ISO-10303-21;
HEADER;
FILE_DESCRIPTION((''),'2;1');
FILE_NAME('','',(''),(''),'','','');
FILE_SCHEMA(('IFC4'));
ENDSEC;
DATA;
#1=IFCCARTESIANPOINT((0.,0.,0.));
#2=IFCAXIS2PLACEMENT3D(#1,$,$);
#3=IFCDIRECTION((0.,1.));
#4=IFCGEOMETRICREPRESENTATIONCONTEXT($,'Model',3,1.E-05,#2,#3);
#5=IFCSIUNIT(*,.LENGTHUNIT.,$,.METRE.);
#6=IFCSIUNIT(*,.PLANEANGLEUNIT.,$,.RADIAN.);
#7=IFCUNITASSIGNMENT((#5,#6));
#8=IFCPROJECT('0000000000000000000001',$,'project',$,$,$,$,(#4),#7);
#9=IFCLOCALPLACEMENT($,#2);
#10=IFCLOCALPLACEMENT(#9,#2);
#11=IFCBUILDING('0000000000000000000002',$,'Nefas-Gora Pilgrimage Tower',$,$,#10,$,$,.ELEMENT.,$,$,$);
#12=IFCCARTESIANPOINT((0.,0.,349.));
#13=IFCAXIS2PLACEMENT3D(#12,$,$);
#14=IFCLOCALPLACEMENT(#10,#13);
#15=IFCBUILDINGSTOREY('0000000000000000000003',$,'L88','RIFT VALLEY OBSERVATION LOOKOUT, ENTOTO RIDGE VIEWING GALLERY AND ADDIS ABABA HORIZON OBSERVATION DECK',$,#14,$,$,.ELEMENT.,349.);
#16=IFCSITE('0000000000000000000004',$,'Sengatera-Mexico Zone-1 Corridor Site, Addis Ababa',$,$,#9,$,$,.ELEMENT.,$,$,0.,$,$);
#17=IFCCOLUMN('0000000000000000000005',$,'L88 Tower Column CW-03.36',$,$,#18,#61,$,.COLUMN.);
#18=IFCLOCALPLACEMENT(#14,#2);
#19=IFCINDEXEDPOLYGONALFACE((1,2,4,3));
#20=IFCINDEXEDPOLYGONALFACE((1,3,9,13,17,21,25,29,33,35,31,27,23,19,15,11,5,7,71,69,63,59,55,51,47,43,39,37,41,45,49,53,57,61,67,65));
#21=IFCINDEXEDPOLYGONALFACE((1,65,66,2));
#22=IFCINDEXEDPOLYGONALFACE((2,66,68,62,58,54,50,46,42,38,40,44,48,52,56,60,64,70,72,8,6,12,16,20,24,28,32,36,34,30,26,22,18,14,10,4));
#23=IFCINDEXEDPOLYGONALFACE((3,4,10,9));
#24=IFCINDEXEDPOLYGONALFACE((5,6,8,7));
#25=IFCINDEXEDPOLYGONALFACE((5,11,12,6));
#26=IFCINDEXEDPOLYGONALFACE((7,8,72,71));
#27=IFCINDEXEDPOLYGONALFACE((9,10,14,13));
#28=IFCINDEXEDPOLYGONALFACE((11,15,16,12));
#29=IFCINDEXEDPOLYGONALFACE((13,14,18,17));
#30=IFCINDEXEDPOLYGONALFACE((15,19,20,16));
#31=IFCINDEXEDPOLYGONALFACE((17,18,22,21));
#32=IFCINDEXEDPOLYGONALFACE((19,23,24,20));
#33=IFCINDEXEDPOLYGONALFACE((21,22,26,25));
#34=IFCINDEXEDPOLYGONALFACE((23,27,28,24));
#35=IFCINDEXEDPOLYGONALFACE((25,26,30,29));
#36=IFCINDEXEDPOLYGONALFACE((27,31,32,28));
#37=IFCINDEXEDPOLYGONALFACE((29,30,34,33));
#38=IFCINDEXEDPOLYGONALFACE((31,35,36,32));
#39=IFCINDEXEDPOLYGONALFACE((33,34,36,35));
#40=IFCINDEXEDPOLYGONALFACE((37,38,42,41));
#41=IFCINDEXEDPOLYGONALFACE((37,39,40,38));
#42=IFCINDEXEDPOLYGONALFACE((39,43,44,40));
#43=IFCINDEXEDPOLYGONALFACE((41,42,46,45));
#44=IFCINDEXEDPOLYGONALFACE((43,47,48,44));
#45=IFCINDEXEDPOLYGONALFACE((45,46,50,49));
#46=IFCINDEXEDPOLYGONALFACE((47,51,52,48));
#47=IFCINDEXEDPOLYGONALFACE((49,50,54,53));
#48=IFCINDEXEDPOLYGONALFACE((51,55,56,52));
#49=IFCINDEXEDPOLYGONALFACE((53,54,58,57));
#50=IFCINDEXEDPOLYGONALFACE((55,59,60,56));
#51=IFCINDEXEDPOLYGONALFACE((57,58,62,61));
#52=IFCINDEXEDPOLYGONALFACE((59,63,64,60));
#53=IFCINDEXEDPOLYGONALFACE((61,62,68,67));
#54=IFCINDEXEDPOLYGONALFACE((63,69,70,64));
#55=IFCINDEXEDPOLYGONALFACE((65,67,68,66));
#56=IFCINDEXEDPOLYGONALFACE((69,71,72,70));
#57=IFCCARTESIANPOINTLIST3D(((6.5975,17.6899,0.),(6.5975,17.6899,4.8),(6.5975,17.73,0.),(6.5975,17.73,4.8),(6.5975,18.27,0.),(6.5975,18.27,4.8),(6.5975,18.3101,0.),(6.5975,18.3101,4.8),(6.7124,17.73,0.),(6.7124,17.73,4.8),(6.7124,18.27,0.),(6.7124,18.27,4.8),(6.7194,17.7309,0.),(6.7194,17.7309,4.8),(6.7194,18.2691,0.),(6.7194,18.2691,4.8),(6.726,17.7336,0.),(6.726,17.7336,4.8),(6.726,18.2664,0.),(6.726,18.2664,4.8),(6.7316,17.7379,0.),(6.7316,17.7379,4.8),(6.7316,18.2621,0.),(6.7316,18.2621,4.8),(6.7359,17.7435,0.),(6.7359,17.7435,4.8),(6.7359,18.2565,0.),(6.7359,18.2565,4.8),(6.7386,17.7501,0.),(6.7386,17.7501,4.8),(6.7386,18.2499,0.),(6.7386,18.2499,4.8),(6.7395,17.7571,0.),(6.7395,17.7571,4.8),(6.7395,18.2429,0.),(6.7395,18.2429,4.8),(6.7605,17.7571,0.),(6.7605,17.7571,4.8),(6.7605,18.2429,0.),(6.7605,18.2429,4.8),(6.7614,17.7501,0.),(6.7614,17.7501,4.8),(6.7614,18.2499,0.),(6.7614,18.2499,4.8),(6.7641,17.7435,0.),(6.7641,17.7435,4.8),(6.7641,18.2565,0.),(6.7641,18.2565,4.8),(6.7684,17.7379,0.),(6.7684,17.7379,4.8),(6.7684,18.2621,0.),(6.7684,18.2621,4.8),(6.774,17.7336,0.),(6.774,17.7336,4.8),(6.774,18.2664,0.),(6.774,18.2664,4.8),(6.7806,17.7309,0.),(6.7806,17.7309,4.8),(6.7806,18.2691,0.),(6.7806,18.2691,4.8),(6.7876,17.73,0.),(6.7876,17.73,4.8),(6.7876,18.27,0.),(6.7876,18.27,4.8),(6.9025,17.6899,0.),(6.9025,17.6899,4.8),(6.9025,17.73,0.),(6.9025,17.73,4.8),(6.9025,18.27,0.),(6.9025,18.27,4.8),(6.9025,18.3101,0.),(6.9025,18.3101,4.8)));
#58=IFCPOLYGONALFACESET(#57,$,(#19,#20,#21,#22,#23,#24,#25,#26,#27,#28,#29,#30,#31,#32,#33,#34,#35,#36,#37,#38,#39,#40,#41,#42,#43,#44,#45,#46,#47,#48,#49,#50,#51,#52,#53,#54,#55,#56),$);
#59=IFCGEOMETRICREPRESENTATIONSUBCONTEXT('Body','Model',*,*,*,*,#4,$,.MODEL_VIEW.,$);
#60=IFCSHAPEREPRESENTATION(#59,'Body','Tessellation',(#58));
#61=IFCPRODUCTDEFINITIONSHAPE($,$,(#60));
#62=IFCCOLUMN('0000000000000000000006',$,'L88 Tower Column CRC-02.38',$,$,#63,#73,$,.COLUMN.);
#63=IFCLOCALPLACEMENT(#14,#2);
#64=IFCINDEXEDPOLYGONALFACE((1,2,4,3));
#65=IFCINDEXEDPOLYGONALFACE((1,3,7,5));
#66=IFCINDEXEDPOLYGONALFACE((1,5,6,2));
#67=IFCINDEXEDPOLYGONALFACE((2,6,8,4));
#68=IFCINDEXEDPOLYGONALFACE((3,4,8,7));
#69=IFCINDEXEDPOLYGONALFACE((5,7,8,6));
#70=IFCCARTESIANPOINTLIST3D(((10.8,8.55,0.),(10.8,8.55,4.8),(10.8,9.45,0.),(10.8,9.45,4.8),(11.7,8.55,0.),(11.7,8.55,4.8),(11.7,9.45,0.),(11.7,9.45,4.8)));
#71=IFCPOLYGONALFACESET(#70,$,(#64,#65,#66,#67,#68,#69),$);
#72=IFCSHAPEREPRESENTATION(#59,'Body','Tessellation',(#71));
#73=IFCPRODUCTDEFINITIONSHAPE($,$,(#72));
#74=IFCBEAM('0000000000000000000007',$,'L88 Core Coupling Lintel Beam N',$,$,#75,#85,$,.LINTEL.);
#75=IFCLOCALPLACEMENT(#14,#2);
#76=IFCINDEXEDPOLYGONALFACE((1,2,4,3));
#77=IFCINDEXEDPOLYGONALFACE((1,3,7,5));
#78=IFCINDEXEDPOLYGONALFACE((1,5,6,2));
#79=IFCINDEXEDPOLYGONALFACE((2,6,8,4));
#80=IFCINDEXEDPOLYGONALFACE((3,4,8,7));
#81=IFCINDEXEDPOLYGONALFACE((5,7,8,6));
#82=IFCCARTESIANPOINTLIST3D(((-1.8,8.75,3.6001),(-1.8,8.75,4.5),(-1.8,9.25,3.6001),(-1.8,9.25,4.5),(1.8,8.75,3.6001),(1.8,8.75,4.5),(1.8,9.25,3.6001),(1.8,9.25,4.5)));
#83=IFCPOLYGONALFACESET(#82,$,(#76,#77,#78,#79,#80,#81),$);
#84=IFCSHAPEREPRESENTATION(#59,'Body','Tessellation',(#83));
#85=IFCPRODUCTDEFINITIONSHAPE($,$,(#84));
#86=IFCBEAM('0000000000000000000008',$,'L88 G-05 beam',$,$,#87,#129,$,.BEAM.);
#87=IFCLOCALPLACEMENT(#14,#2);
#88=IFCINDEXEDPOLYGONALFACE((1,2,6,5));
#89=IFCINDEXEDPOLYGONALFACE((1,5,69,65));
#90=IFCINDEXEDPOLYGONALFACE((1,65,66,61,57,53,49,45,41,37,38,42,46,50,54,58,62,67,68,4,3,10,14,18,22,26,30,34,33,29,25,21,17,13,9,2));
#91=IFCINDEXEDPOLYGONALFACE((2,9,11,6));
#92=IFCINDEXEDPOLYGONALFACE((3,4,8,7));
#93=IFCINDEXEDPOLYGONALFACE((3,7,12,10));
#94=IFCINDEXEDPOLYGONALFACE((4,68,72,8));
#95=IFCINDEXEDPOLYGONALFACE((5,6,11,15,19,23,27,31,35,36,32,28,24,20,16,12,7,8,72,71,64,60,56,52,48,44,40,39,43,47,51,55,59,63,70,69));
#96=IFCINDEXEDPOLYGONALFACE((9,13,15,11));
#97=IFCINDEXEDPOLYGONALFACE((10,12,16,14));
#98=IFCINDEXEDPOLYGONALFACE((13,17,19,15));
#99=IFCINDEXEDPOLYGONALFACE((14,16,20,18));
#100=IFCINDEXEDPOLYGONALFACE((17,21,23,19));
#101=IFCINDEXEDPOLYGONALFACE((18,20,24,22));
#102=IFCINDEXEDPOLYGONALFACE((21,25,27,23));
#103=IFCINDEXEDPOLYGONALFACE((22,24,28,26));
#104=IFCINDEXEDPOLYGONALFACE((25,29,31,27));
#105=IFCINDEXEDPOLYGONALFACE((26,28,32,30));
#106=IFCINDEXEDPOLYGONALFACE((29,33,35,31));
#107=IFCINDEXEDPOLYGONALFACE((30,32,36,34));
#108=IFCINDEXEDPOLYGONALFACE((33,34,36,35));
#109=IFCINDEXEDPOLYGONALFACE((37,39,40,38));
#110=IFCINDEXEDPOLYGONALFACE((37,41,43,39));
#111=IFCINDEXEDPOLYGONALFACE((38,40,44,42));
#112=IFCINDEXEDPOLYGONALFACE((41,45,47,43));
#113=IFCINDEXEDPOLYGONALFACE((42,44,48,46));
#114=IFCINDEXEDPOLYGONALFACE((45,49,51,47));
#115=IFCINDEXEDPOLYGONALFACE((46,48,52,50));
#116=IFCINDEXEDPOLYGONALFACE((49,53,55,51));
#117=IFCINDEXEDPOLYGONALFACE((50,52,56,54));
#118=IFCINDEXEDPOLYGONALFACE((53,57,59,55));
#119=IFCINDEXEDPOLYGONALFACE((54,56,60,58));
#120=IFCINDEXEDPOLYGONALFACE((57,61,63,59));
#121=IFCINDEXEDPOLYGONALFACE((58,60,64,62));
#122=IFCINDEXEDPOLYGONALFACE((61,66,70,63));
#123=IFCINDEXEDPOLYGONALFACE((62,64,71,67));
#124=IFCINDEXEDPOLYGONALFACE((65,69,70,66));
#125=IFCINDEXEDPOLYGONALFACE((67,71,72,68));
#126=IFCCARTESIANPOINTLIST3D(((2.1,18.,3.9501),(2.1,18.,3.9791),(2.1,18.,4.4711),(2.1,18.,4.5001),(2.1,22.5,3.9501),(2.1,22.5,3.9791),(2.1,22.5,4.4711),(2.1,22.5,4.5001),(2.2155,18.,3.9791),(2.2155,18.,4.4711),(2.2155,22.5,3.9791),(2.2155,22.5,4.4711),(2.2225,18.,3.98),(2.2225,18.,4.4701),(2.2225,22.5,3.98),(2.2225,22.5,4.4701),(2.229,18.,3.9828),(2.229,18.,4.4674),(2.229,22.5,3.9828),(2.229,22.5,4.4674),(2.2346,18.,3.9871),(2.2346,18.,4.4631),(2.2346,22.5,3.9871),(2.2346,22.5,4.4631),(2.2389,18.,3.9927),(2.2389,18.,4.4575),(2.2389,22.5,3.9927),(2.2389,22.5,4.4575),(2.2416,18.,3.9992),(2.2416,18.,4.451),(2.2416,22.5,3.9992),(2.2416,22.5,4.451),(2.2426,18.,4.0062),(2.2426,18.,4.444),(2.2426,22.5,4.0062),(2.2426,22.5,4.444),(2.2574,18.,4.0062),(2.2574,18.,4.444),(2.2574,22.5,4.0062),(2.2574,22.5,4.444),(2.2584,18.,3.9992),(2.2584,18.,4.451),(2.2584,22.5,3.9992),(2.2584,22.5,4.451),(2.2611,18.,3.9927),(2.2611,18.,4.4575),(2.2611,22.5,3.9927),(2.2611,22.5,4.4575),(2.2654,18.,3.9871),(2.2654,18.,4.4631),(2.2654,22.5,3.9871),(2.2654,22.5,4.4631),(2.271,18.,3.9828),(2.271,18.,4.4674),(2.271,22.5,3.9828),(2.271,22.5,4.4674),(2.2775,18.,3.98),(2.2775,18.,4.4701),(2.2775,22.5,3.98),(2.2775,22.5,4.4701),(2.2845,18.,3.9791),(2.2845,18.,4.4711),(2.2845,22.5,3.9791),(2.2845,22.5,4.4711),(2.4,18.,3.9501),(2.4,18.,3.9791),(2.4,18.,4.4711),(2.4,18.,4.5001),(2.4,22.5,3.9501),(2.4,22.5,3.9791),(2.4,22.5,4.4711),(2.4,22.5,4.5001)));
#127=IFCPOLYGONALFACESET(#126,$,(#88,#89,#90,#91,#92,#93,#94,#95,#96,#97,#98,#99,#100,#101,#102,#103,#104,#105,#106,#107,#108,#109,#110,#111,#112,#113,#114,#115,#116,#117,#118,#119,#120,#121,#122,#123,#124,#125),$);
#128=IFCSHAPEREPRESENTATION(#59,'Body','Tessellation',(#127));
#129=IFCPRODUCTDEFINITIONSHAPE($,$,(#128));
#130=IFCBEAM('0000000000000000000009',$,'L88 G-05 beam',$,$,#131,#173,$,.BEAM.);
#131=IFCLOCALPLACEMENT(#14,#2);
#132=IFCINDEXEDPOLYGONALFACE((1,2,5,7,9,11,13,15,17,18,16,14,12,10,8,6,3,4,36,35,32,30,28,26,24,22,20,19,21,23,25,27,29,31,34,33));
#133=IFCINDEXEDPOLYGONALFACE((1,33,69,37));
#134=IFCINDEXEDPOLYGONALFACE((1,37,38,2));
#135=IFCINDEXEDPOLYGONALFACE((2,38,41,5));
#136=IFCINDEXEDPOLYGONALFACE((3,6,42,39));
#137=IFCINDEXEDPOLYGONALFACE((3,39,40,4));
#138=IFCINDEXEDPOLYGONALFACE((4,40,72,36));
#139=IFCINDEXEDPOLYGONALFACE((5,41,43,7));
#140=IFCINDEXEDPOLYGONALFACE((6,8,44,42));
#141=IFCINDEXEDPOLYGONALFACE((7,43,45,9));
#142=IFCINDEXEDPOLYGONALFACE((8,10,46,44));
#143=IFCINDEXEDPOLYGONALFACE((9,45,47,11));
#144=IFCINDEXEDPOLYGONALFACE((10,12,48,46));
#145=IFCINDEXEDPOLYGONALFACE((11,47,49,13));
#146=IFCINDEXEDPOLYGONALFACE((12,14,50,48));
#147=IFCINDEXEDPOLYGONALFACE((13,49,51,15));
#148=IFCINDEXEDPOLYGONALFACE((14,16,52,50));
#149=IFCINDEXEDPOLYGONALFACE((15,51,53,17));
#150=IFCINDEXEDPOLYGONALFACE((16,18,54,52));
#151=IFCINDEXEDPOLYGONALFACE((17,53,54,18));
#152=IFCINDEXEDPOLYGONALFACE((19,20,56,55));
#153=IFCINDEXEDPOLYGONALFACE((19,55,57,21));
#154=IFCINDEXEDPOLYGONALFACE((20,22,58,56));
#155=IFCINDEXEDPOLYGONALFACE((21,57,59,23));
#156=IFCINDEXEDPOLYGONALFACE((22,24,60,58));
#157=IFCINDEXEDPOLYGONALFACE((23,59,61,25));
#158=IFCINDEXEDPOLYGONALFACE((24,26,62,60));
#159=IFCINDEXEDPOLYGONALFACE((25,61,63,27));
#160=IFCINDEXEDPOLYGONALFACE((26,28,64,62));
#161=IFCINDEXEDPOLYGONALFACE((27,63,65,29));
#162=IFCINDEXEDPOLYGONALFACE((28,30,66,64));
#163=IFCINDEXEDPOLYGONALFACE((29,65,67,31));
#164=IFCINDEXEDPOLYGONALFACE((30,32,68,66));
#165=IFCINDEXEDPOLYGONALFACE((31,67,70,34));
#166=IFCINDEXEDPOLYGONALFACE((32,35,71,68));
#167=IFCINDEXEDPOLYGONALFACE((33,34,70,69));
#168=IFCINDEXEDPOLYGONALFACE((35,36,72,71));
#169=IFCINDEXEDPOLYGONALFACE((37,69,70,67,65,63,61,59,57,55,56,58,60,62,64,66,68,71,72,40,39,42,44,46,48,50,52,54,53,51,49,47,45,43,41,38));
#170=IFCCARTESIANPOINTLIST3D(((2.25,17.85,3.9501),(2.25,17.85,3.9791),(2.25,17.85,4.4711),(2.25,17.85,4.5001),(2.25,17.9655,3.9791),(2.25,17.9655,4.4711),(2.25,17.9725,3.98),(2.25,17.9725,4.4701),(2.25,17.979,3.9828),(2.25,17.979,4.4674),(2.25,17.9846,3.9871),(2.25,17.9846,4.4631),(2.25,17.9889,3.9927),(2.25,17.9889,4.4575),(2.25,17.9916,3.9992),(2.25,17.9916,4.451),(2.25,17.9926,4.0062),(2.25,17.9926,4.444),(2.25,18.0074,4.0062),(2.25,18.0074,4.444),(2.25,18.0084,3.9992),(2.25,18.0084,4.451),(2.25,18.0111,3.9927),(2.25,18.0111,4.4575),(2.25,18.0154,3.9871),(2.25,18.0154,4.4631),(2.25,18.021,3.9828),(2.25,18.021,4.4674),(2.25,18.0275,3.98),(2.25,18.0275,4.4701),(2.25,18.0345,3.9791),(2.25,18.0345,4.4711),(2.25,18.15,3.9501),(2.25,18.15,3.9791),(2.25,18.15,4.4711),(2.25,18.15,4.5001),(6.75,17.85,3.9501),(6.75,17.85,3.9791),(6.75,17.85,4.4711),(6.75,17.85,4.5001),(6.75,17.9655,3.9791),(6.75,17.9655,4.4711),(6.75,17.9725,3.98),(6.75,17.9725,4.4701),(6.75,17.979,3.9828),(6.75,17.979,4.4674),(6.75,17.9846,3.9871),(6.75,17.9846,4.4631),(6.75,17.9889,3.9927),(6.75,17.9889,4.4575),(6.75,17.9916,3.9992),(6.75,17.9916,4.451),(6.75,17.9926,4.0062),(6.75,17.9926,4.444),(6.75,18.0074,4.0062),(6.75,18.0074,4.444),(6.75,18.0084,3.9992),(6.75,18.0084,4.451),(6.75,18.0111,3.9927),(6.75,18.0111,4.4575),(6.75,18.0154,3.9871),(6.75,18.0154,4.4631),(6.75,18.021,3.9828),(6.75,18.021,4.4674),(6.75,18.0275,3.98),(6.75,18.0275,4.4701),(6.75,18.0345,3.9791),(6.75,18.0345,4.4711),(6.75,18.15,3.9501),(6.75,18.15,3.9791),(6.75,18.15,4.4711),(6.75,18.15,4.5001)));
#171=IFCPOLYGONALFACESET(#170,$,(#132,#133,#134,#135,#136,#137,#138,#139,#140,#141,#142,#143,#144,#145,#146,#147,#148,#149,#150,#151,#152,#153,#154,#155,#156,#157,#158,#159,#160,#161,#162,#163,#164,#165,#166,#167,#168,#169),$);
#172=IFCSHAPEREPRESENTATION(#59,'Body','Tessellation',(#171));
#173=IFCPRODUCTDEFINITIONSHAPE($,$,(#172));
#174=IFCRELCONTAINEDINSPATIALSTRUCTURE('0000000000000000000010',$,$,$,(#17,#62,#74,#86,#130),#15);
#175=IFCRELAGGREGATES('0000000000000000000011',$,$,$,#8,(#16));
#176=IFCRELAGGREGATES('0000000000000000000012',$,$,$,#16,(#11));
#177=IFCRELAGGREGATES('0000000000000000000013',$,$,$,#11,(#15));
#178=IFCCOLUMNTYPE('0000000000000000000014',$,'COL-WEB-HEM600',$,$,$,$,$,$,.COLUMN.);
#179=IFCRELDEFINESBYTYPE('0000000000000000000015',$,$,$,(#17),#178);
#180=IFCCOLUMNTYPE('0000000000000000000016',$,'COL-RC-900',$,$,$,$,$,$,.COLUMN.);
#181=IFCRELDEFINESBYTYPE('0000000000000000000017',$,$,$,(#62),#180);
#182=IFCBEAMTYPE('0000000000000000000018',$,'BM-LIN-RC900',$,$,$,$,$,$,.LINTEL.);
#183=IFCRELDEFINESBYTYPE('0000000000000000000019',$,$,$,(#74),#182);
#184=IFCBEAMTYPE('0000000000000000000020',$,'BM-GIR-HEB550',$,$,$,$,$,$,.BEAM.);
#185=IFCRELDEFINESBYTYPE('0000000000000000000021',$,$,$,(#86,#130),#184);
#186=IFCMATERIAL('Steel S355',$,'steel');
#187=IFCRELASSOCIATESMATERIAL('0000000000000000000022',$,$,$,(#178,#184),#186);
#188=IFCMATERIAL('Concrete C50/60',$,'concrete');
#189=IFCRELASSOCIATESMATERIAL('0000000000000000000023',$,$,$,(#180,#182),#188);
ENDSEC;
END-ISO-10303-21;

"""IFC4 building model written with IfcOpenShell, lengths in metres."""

from ifc_helpers import new_model, si_unit, direction, frame, origin, origin_2d, place, context, subcontext, project, spatial, rectangle, i_section, extrude, source, transform, mapped, material, material_profile, profile_set, type_object, element, save


model = new_model("IFC4")

# Units and contexts
model_context = context("Model", 3, precision=1e-05, world=origin(), true_north=direction((0.0, 1.0)))
body_context = subcontext(model_context, "Body", "Model", "MODEL_VIEW")
ifc_project = project(units=[si_unit("LENGTHUNIT", "METRE"), si_unit("PLANEANGLEUNIT", "RADIAN")], contexts=[model_context])

# Site, building, storey
site_placement = place(None, origin())
site = spatial("IfcSite", under=ifc_project, at=site_placement, Name="Sengatera-Mexico Zone-1 Corridor Site, Addis Ababa", CompositionType="ELEMENT", RefElevation=0.0)
building_placement = place(site_placement, origin())
building = spatial("IfcBuilding", under=site, at=building_placement, Name="Nefas-Gora Pilgrimage Tower", CompositionType="ELEMENT")
storey_placement = place(building_placement, frame((0.0, 0.0, 349.0)))
storey = spatial("IfcBuildingStorey", under=building, at=storey_placement, Name="L88", Description="RIFT VALLEY OBSERVATION LOOKOUT, ENTOTO RIDGE VIEWING GALLERY AND ADDIS ABABA HORIZON OBSERVATION DECK", CompositionType="ELEMENT", Elevation=349.0)

# Columns
ifc_material_1 = material(Name="Steel S355", Category="steel")
ifc_material_profile_1 = material_profile(ifc_material_1, i_section(OverallWidth=0.3049, OverallDepth=0.6201, WebThickness=0.021, FlangeThickness=0.04, FilletRadius=0.0271, at=origin_2d()), Name="HEM 600")
ifc_profile_set_1 = profile_set([ifc_material_profile_1], Name="Steel S355")
column_type_1 = type_object("IfcColumnType", Name="COL-WEB-HEM600", PredefinedType="COLUMN", material=ifc_profile_set_1)
shared_shape_1 = source(origin(), body_context, "Body", "SweptSolid", [
    extrude(i_section(OverallWidth=0.3049, OverallDepth=0.6201, WebThickness=0.021, FlangeThickness=0.04, FilletRadius=0.0271, at=origin_2d()), origin(), (0.0, 0.0, 1.0), 4.8),
])
for number, where, z_axis, x_axis, name in (
    (1, (6.75, 18.0, 0.0), (0.0, 0.0, 1.0), (1.0, 0.0, 0.0), "L88 Tower Column CW-03.36"),
):
    element("IfcColumn", number, at=place(storey_placement, frame(where, z_axis=z_axis, x_axis=x_axis)), inside=storey, type_object=column_type_1, Name=name, PredefinedType="COLUMN", context=body_context, shape_type="MappedRepresentation", body=[
        mapped(shared_shape_1, transform((0.0, 0.0, 0.0), x_axis=(1.0, 0.0, 0.0), y_axis=(0.0, 1.0, 0.0), z_axis=(0.0, 0.0, 1.0), scale=1.0)),
    ])
ifc_material_2 = material(Name="Concrete C50/60", Category="concrete")
ifc_material_profile_2 = material_profile(ifc_material_2, rectangle(XDim=0.8999, YDim=0.8999, at=origin_2d()), Name="RC 900x900")
ifc_profile_set_2 = profile_set([ifc_material_profile_2], Name="Concrete C50/60")
column_type_2 = type_object("IfcColumnType", Name="COL-RC-900", PredefinedType="COLUMN", material=ifc_profile_set_2)
shared_shape_2 = source(origin(), body_context, "Body", "SweptSolid", [
    extrude(rectangle(XDim=0.8999, YDim=0.8999, at=origin_2d()), origin(), (0.0, 0.0, 1.0), 4.8),
])
column_1_placement = place(storey_placement, frame((11.25, 9.0, 0.0), z_axis=(0.0, 0.0, 1.0), x_axis=(1.0, 0.0, 0.0)))
element("IfcColumn", 2, at=column_1_placement, inside=storey, type_object=column_type_2, Name="L88 Tower Column CRC-02.38", PredefinedType="COLUMN", context=body_context, shape_type="MappedRepresentation", body=[
    mapped(shared_shape_2, transform((0.0, 0.0, 0.0), x_axis=(1.0, 0.0, 0.0), y_axis=(0.0, 1.0, 0.0), z_axis=(0.0, 0.0, 1.0), scale=1.0)),
])

# Beams
ifc_material_profile_3 = material_profile(ifc_material_2, rectangle(XDim=0.5, YDim=0.8999, at=origin_2d()), Name="RC 500x900")
ifc_profile_set_3 = profile_set([ifc_material_profile_3], Name="Concrete C50/60")
beam_type_1 = type_object("IfcBeamType", Name="BM-LIN-RC900", PredefinedType="LINTEL", material=ifc_profile_set_3)
shared_shape_3 = source(origin(), body_context, "Body", "SweptSolid", [
    extrude(rectangle(XDim=0.5, YDim=0.8999, at=origin_2d()), origin(), (0.0, 0.0, 1.0), 3.6001),
])
beam_placement = place(storey_placement, frame((-1.8, 9.0, 4.05), z_axis=(1.0, 0.0, 0.0), x_axis=(0.0, 1.0, 0.0)))
element("IfcBeam", 3, at=beam_placement, inside=storey, type_object=beam_type_1, Name="L88 Core Coupling Lintel Beam N", PredefinedType="LINTEL", context=body_context, shape_type="MappedRepresentation", body=[
    mapped(shared_shape_3, transform((0.0, 0.0, 0.0), x_axis=(1.0, 0.0, 0.0), y_axis=(0.0, 1.0, 0.0), z_axis=(0.0, 0.0, 1.0), scale=1.0)),
])
ifc_material_profile_4 = material_profile(ifc_material_1, i_section(OverallWidth=0.3, OverallDepth=0.55, WebThickness=0.0149, FlangeThickness=0.0291, FilletRadius=0.0271, at=origin_2d()), Name="HEB 550")
ifc_profile_set_4 = profile_set([ifc_material_profile_4], Name="Steel S355")
beam_type_2 = type_object("IfcBeamType", Name="BM-GIR-HEB550", PredefinedType="BEAM", material=ifc_profile_set_4)
shared_shape_4 = source(origin(), body_context, "Body", "SweptSolid", [
    extrude(i_section(OverallWidth=0.3, OverallDepth=0.55, WebThickness=0.0149, FlangeThickness=0.0291, FilletRadius=0.0271, at=origin_2d()), origin(), (0.0, 0.0, 1.0), 4.5),
])
for number, where, z_axis, x_axis, name in (
    (4, (2.25, 18.0, 4.2251), (0.0, 1.0, 0.0), (-1.0, 0.0, 0.0), "L88 G-05 beam"),
    (5, (2.25, 18.0, 4.2251), (1.0, 0.0, 0.0), (0.0, 1.0, 0.0), "L88 G-05 beam"),
):
    element("IfcBeam", number, at=place(storey_placement, frame(where, z_axis=z_axis, x_axis=x_axis)), inside=storey, type_object=beam_type_2, Name=name, PredefinedType="BEAM", context=body_context, shape_type="MappedRepresentation", body=[
        mapped(shared_shape_4, transform((0.0, 0.0, 0.0), x_axis=(1.0, 0.0, 0.0), y_axis=(0.0, 1.0, 0.0), z_axis=(0.0, 0.0, 1.0), scale=1.0)),
    ])

save(model, "model.ifc")
